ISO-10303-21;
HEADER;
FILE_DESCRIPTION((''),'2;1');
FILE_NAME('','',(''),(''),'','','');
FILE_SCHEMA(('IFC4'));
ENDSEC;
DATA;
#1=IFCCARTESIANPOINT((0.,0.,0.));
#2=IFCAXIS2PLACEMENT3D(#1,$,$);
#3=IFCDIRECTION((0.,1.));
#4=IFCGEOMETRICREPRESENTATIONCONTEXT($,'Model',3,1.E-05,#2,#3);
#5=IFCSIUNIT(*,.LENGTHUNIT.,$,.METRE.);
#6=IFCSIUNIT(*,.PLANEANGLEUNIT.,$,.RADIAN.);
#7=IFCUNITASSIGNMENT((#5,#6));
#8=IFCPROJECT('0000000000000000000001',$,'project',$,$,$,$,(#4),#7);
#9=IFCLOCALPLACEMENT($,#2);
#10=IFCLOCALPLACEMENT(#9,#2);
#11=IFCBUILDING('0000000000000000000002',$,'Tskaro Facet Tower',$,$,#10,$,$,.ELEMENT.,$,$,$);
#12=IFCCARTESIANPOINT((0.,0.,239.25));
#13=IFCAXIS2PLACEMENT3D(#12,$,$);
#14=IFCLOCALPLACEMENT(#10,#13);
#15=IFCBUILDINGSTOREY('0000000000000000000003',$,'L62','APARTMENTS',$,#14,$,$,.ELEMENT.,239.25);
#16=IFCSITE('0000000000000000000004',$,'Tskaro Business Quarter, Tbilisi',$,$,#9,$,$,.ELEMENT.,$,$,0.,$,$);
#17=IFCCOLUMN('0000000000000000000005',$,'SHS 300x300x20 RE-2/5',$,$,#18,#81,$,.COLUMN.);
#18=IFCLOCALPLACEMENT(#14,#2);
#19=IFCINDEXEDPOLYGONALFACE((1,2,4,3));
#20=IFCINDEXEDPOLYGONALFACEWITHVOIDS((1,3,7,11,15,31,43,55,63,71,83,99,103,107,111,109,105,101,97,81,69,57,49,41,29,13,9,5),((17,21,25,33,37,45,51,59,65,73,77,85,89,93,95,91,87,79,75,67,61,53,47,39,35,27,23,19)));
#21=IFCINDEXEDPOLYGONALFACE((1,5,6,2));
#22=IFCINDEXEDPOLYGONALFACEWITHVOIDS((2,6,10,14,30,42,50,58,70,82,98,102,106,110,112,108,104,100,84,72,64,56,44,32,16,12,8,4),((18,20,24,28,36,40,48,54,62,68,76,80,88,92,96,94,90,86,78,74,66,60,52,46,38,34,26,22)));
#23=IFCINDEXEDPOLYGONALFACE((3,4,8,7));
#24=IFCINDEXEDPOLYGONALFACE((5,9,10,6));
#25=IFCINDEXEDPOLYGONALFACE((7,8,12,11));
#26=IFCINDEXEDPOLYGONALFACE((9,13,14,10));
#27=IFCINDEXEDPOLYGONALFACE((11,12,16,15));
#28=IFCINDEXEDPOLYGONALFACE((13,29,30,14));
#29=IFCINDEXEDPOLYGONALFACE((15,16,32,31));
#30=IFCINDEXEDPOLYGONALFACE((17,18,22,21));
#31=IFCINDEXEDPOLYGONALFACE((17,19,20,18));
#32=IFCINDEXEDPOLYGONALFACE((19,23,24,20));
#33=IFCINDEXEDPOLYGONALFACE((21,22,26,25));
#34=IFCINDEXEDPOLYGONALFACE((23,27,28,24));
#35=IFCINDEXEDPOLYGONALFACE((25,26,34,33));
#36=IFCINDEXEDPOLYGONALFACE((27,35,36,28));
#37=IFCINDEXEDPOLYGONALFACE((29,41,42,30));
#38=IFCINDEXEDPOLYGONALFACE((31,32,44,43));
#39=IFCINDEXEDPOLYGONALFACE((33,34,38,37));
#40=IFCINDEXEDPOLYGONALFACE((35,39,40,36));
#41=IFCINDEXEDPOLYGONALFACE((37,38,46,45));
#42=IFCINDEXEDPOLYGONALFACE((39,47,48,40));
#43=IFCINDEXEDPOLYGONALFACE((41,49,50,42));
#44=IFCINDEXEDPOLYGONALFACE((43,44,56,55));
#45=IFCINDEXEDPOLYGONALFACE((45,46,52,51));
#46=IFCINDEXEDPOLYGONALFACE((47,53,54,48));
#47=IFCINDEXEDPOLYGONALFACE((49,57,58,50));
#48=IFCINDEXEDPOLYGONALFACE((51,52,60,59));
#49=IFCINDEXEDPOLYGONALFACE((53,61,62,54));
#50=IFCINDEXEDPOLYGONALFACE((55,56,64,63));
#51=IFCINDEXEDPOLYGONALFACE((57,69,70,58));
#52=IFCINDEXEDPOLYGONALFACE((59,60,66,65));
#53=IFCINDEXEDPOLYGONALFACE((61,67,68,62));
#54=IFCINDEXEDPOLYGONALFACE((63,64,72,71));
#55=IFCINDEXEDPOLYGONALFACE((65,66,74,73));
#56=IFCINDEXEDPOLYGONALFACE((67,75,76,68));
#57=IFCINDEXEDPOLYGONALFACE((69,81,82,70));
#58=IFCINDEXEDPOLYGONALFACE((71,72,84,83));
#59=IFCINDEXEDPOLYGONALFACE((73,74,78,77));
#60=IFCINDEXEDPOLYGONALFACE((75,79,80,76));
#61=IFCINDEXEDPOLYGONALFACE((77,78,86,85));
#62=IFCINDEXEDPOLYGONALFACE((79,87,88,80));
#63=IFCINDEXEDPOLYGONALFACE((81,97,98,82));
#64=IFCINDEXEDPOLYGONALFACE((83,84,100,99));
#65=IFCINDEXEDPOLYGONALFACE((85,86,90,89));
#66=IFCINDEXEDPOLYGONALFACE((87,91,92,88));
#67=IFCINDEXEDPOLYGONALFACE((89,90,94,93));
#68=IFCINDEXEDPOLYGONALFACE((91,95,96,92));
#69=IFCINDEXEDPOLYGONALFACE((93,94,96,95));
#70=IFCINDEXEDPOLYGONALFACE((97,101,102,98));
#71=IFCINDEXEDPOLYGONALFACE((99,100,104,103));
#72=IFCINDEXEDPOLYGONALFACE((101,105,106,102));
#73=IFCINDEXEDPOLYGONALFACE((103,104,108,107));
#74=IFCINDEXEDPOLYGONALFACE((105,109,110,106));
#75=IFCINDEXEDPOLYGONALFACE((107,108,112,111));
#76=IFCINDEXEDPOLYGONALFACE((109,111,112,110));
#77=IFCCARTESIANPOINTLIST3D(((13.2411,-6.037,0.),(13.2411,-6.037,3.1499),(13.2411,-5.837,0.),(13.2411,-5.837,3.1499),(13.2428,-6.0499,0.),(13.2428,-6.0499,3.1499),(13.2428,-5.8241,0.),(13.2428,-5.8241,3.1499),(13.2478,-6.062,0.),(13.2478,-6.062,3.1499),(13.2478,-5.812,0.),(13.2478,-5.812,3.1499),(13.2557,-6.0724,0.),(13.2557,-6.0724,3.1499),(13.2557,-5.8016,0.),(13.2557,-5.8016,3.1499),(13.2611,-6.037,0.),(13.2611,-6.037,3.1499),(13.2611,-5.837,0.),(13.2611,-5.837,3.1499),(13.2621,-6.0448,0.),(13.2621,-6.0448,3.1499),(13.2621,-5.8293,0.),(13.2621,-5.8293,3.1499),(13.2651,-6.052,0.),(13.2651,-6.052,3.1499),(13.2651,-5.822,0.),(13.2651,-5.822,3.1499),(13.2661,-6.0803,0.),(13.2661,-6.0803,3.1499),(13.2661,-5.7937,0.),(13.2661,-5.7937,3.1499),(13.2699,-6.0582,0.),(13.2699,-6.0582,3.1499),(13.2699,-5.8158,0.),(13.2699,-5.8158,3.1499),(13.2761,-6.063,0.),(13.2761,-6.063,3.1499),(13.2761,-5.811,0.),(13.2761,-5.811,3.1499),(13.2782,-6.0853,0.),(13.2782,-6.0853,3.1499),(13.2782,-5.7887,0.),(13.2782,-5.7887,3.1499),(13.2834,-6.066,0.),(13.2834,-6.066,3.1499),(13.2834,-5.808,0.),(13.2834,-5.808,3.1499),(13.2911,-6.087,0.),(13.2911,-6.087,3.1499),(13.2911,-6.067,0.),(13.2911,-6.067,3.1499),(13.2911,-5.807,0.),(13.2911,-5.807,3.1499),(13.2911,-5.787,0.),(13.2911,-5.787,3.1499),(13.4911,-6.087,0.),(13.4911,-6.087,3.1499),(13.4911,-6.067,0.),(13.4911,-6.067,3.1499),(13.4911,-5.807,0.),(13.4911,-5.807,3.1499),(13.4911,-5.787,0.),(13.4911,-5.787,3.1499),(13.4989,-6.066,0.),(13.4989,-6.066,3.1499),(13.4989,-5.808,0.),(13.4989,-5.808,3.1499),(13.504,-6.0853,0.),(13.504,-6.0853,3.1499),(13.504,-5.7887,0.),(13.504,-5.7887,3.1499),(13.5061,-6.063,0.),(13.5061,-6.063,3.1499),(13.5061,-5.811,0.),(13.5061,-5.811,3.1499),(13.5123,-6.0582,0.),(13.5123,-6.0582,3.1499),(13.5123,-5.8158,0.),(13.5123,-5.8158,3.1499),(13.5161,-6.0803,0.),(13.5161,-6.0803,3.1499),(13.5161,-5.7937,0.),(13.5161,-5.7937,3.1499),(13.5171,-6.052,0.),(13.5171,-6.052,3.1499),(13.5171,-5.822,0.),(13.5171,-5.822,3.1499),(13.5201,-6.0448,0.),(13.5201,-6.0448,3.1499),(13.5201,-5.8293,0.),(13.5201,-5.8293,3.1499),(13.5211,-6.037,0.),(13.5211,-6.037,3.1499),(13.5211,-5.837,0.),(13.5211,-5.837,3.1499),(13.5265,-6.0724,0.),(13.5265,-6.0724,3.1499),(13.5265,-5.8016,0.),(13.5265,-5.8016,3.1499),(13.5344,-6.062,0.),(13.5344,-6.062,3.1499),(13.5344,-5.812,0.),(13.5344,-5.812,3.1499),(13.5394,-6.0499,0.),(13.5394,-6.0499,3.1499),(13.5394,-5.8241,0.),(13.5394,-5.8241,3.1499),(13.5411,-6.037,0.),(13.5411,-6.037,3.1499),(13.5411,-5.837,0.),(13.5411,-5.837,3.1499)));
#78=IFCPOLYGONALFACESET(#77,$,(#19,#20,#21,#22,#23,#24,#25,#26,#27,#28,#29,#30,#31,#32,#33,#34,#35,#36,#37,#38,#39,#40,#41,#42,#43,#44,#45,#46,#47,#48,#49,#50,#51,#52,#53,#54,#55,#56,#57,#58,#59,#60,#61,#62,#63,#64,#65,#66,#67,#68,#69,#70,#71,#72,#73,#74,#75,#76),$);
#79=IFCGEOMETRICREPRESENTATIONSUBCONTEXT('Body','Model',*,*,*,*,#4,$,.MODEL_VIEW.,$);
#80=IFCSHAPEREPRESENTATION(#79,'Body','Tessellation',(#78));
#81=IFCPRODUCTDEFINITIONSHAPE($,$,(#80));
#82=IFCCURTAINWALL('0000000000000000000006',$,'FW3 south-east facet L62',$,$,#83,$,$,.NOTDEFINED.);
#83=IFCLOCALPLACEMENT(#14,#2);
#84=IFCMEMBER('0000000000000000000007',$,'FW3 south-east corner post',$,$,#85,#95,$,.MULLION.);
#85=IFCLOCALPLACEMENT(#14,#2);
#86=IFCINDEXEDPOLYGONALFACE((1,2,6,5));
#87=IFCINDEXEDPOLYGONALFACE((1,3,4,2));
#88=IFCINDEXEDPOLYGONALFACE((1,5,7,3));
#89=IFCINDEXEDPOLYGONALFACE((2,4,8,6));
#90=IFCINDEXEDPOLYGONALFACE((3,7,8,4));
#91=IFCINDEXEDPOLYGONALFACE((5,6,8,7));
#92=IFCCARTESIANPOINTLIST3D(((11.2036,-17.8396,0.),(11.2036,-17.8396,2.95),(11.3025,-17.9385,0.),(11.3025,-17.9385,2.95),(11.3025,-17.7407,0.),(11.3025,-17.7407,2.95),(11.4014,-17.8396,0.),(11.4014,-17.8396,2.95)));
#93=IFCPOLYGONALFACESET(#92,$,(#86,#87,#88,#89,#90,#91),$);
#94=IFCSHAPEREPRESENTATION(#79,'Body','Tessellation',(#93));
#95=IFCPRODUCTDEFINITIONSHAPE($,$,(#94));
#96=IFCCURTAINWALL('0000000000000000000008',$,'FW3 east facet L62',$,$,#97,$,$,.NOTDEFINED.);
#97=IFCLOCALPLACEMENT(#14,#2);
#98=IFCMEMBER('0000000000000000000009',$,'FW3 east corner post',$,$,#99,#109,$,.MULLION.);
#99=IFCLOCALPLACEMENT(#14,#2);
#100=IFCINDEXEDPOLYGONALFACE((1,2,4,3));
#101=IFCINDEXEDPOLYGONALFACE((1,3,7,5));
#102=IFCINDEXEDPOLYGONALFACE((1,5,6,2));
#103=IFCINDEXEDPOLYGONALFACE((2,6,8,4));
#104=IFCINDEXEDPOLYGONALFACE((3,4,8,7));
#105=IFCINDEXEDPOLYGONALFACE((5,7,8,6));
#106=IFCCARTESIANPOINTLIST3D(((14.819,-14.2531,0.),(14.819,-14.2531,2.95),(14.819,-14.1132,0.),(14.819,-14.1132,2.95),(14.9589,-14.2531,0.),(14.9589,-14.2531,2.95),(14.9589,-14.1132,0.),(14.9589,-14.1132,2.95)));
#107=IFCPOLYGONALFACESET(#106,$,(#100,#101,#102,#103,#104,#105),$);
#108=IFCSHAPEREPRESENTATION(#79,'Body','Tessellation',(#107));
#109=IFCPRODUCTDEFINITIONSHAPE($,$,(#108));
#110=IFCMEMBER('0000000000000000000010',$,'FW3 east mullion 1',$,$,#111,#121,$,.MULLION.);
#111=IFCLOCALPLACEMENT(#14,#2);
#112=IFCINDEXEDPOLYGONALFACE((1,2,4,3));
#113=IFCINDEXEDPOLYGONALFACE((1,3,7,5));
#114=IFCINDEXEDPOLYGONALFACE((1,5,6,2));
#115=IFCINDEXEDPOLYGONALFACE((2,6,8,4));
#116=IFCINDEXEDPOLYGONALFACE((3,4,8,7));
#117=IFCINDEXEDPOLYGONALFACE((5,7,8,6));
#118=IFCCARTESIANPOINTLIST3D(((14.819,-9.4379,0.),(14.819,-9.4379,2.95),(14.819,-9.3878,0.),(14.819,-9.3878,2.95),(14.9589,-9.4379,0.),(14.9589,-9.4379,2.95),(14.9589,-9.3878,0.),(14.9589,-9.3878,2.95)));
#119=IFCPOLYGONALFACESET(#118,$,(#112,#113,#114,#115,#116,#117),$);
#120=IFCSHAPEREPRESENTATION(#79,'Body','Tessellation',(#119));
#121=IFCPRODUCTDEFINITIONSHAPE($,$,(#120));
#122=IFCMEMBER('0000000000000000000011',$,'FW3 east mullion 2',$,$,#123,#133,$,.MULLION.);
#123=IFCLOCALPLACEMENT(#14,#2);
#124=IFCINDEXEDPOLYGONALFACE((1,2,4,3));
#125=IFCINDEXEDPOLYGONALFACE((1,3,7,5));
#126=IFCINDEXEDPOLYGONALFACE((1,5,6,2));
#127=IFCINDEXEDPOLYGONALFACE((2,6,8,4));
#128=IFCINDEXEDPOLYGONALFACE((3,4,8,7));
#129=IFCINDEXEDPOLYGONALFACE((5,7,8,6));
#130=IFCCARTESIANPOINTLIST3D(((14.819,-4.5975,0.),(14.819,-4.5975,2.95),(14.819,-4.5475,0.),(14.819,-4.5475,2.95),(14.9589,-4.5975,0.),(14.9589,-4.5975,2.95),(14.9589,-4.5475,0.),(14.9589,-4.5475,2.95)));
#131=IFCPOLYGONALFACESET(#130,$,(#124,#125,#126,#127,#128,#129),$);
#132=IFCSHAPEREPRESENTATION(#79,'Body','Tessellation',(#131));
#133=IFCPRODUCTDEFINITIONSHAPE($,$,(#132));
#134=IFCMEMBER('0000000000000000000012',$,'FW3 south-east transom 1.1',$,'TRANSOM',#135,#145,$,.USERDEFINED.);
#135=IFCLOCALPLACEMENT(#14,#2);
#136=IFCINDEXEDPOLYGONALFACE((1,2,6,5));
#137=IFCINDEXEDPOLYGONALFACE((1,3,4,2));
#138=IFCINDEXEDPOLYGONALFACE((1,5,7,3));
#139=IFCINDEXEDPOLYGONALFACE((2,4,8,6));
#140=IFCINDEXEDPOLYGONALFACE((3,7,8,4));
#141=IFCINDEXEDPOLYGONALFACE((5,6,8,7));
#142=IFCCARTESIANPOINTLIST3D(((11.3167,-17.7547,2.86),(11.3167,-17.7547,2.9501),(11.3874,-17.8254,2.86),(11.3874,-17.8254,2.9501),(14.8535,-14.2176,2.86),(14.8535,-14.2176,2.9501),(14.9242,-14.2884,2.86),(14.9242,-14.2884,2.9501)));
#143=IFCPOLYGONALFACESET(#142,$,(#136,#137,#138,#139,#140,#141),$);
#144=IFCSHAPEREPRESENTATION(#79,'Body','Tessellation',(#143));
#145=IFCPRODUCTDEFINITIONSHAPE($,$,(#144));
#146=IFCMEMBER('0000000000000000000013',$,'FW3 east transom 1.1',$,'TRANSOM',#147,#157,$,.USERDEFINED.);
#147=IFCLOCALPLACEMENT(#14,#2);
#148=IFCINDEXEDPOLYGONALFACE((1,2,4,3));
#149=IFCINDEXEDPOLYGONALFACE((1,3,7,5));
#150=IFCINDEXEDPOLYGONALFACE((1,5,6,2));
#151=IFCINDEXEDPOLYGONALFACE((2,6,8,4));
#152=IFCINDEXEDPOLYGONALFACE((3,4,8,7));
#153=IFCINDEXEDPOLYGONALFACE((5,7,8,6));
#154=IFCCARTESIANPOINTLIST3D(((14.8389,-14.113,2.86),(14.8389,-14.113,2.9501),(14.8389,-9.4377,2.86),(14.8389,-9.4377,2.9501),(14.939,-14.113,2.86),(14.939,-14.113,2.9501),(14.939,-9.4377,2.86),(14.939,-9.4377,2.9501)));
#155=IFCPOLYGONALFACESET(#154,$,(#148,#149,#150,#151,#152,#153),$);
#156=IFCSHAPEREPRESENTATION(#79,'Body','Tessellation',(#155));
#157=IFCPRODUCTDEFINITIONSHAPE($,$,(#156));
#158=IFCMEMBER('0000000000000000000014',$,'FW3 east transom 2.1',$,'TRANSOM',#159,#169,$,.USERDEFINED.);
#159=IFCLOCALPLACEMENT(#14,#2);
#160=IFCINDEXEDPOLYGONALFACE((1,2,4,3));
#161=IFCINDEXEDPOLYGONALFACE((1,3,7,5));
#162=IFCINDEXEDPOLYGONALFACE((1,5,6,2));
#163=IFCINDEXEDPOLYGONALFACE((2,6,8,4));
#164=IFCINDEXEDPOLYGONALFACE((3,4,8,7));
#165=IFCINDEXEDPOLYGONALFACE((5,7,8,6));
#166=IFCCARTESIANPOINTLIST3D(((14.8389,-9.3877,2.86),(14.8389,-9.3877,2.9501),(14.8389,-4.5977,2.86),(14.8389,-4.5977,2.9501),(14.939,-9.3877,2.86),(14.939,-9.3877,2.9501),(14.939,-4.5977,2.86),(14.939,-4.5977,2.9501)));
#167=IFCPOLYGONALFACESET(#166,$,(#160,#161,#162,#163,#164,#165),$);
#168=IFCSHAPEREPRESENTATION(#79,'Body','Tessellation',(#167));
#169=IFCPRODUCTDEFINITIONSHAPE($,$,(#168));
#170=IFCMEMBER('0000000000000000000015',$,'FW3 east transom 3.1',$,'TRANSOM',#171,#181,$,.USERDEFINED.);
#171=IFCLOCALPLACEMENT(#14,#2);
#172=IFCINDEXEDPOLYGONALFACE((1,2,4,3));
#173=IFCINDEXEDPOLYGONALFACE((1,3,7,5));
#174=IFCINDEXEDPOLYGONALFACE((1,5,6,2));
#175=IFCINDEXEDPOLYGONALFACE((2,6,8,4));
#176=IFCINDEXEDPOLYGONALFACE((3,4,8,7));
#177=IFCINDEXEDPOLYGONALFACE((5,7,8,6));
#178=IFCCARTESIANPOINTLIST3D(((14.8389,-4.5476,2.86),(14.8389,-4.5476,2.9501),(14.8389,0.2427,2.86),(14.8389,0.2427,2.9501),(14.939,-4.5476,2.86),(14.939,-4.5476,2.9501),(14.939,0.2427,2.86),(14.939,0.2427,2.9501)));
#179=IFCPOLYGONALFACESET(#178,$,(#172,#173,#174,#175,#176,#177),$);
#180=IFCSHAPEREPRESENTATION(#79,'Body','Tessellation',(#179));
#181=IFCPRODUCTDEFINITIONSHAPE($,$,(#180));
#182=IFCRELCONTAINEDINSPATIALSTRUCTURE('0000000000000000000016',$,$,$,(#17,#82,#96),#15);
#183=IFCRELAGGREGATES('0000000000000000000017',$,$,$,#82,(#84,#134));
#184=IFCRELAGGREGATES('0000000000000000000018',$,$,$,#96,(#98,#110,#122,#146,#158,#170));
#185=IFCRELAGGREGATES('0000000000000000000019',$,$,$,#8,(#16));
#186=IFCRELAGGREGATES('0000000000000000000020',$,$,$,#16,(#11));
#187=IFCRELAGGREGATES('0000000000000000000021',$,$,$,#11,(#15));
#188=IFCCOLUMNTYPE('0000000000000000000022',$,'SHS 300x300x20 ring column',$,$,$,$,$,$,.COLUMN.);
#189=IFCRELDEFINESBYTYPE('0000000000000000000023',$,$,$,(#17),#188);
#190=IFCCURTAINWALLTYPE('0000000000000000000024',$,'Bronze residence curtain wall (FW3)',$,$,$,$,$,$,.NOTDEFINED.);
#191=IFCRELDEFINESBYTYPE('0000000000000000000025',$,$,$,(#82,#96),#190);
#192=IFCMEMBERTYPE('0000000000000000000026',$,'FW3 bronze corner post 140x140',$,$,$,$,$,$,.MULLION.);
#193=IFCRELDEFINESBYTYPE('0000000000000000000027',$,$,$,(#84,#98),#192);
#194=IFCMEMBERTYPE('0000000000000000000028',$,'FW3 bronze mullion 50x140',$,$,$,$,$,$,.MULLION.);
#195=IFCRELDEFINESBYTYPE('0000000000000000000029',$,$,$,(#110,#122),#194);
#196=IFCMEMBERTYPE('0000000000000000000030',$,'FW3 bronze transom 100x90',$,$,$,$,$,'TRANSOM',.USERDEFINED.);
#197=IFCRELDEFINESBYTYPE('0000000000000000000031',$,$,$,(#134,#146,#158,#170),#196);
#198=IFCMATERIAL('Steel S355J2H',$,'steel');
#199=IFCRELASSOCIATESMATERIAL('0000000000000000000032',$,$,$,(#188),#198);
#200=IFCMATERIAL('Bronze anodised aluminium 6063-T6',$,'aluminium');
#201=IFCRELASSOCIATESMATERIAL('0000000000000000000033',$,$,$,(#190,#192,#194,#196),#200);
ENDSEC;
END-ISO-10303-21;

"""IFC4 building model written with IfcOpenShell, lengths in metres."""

from ifc_helpers import new_model, si_unit, direction, frame, origin, origin_2d, place, context, subcontext, project, spatial, rectangle, hollow_rectangle, extrude, material, material_profile, profile_set, type_object, element, aggregate, save


model = new_model("IFC4")

# Units and contexts
model_context = context("Model", 3, precision=1e-05, world=origin(), true_north=direction((0.0, 1.0)))
body_context = subcontext(model_context, "Body", "Model", "MODEL_VIEW")
ifc_project = project(units=[si_unit("LENGTHUNIT", "METRE"), si_unit("PLANEANGLEUNIT", "RADIAN")], contexts=[model_context])

# Site, building, storey
site_placement = place(None, origin())
site = spatial("IfcSite", under=ifc_project, at=site_placement, Name="Tskaro Business Quarter, Tbilisi", CompositionType="ELEMENT", RefElevation=0.0)
building_placement = place(site_placement, origin())
building = spatial("IfcBuilding", under=site, at=building_placement, Name="Tskaro Facet Tower", CompositionType="ELEMENT")
storey_placement = place(building_placement, frame((0.0, 0.0, 239.25)))
storey = spatial("IfcBuildingStorey", under=building, at=storey_placement, Name="L62", Description="APARTMENTS", CompositionType="ELEMENT", Elevation=239.25)

# Column
ifc_material_1 = material(Name="Steel S355J2H", Category="steel")
ifc_material_profile_1 = material_profile(ifc_material_1, hollow_rectangle(XDim=0.3, YDim=0.3, WallThickness=0.02, InnerFilletRadius=0.03, OuterFilletRadius=0.05, at=origin_2d()), Name="SHS 300x300x20")
ifc_profile_set_1 = profile_set([ifc_material_profile_1], Name="Steel S355J2H")
column_type_1 = type_object("IfcColumnType", Name="SHS 300x300x20 ring column", PredefinedType="COLUMN", material=ifc_profile_set_1)
for number, where, z_axis, x_axis, name in (
    (1, (13.3911, -5.937, 0.0), (0.0, 0.0, 1.0), (1.0, 0.0, 0.0), "SHS 300x300x20 RE-2/5"),
):
    element("IfcColumn", number, at=place(storey_placement, frame(where, z_axis=z_axis, x_axis=x_axis)), inside=storey, type_object=column_type_1, Name=name, PredefinedType="COLUMN", context=body_context, shape_type="SweptSolid", body=[
        extrude(hollow_rectangle(XDim=0.3, YDim=0.3, WallThickness=0.02, InnerFilletRadius=0.03, OuterFilletRadius=0.05, at=origin_2d()), origin(), (0.0, 0.0, 1.0), 3.1499),
    ])

# Curtain wall, member
ifc_material_2 = material(Name="Bronze anodised aluminium 6063-T6", Category="aluminium")
curtain_wall_type = type_object("IfcCurtainWallType", Name="Bronze residence curtain wall (FW3)", PredefinedType="NOTDEFINED", material=ifc_material_2)
curtain_wall_1_placement = place(storey_placement, origin())
curtain_wall_1 = element("IfcCurtainWall", 2, at=curtain_wall_1_placement, inside=storey, type_object=curtain_wall_type, Name="FW3 south-east facet L62", PredefinedType="NOTDEFINED")
ifc_material_profile_2 = material_profile(ifc_material_2, rectangle(XDim=0.1399, YDim=0.1399, at=origin_2d()), Name="Corner post 140x140")
ifc_profile_set_2 = profile_set([ifc_material_profile_2], Name="Bronze anodised aluminium 6063-T6")
member_type_1 = type_object("IfcMemberType", Name="FW3 bronze corner post 140x140", PredefinedType="MULLION", material=ifc_profile_set_2)
member_1_placement = place(storey_placement, frame((11.3025, -17.8396, 0.0), z_axis=(0.0, 0.0, 1.0), x_axis=(0.707107, 0.707107, 0.0)))
member_1 = element("IfcMember", 3, at=member_1_placement, type_object=member_type_1, Name="FW3 south-east corner post", PredefinedType="MULLION", context=body_context, shape_type="SweptSolid", body=[
    extrude(rectangle(XDim=0.1399, YDim=0.1399, at=origin_2d()), origin(), (0.0, 0.0, 1.0), 2.95),
])

# Curtain wall, members
curtain_wall_2_placement = place(storey_placement, origin())
curtain_wall_2 = element("IfcCurtainWall", 4, at=curtain_wall_2_placement, inside=storey, type_object=curtain_wall_type, Name="FW3 east facet L62", PredefinedType="NOTDEFINED")
member_2_placement = place(storey_placement, frame((14.8889, -14.1831, 0.0), z_axis=(0.0, 0.0, 1.0), x_axis=(0.0, 1.0, 0.0)))
member_2 = element("IfcMember", 5, at=member_2_placement, type_object=member_type_1, Name="FW3 east corner post", PredefinedType="MULLION", context=body_context, shape_type="SweptSolid", body=[
    extrude(rectangle(XDim=0.1399, YDim=0.1399, at=origin_2d()), origin(), (0.0, 0.0, 1.0), 2.95),
])
ifc_material_profile_3 = material_profile(ifc_material_2, rectangle(XDim=0.05, YDim=0.1399, at=origin_2d()), Name="Mullion 50x140")
ifc_profile_set_3 = profile_set([ifc_material_profile_3], Name="Bronze anodised aluminium 6063-T6")
member_type_2 = type_object("IfcMemberType", Name="FW3 bronze mullion 50x140", PredefinedType="MULLION", material=ifc_profile_set_3)
member_3_placement = place(storey_placement, frame((14.8889, -9.4128, 0.0), z_axis=(0.0, 0.0, 1.0), x_axis=(0.0, 1.0, 0.0)))
member_3 = element("IfcMember", 6, at=member_3_placement, type_object=member_type_2, Name="FW3 east mullion 1", PredefinedType="MULLION", context=body_context, shape_type="SweptSolid", body=[
    extrude(rectangle(XDim=0.05, YDim=0.1399, at=origin_2d()), origin(), (0.0, 0.0, 1.0), 2.95),
])
member_4_placement = place(storey_placement, frame((14.8889, -4.5725, 0.0), z_axis=(0.0, 0.0, 1.0), x_axis=(0.0, 1.0, 0.0)))
member_4 = element("IfcMember", 7, at=member_4_placement, type_object=member_type_2, Name="FW3 east mullion 2", PredefinedType="MULLION", context=body_context, shape_type="SweptSolid", body=[
    extrude(rectangle(XDim=0.05, YDim=0.1399, at=origin_2d()), origin(), (0.0, 0.0, 1.0), 2.95),
])

# Members
ifc_material_profile_4 = material_profile(ifc_material_2, rectangle(XDim=0.1001, YDim=0.0901, at=origin_2d()), Name="Transom 100x90")
ifc_profile_set_4 = profile_set([ifc_material_profile_4], Name="Bronze anodised aluminium 6063-T6")
member_type_3 = type_object("IfcMemberType", Name="FW3 bronze transom 100x90", ElementType="TRANSOM", PredefinedType="USERDEFINED", material=ifc_profile_set_4)
member_5_placement = place(storey_placement, frame((11.3521, -17.79, 2.905), z_axis=(0.707082, 0.707131, 0.0), x_axis=(-0.707131, 0.707082, 0.0)))
member_5 = element("IfcMember", 8, at=member_5_placement, type_object=member_type_3, Name="FW3 south-east transom 1.1", ObjectType="TRANSOM", PredefinedType="USERDEFINED", context=body_context, shape_type="SweptSolid", body=[
    extrude(rectangle(XDim=0.1001, YDim=0.0901, at=origin_2d()), origin(), (0.0, 0.0, 1.0), 5.002),
])
member_6_placement = place(storey_placement, frame((14.8889, -14.113, 2.905), z_axis=(0.0, 1.0, 0.0), x_axis=(-1.0, 0.0, 0.0)))
member_6 = element("IfcMember", 9, at=member_6_placement, type_object=member_type_3, Name="FW3 east transom 1.1", ObjectType="TRANSOM", PredefinedType="USERDEFINED", context=body_context, shape_type="SweptSolid", body=[
    extrude(rectangle(XDim=0.1001, YDim=0.0901, at=origin_2d()), origin(), (0.0, 0.0, 1.0), 4.6753),
])
member_7_placement = place(storey_placement, frame((14.8889, -9.3877, 2.905), z_axis=(0.0, 1.0, 0.0), x_axis=(-1.0, 0.0, 0.0)))
member_7 = element("IfcMember", 10, at=member_7_placement, type_object=member_type_3, Name="FW3 east transom 2.1", ObjectType="TRANSOM", PredefinedType="USERDEFINED", context=body_context, shape_type="SweptSolid", body=[
    extrude(rectangle(XDim=0.1001, YDim=0.0901, at=origin_2d()), origin(), (0.0, 0.0, 1.0), 4.79),
])
member_8_placement = place(storey_placement, frame((14.8889, -4.5476, 2.905), z_axis=(0.0, 1.0, 0.0), x_axis=(-1.0, 0.0, 0.0)))
member_8 = element("IfcMember", 11, at=member_8_placement, type_object=member_type_3, Name="FW3 east transom 3.1", ObjectType="TRANSOM", PredefinedType="USERDEFINED", context=body_context, shape_type="SweptSolid", body=[
    extrude(rectangle(XDim=0.1001, YDim=0.0901, at=origin_2d()), origin(), (0.0, 0.0, 1.0), 4.7903),
])

aggregate(curtain_wall_1, [member_1, member_5])
aggregate(curtain_wall_2, [member_2, member_3, member_4, member_6, member_7, member_8])

save(model, "model.ifc")
